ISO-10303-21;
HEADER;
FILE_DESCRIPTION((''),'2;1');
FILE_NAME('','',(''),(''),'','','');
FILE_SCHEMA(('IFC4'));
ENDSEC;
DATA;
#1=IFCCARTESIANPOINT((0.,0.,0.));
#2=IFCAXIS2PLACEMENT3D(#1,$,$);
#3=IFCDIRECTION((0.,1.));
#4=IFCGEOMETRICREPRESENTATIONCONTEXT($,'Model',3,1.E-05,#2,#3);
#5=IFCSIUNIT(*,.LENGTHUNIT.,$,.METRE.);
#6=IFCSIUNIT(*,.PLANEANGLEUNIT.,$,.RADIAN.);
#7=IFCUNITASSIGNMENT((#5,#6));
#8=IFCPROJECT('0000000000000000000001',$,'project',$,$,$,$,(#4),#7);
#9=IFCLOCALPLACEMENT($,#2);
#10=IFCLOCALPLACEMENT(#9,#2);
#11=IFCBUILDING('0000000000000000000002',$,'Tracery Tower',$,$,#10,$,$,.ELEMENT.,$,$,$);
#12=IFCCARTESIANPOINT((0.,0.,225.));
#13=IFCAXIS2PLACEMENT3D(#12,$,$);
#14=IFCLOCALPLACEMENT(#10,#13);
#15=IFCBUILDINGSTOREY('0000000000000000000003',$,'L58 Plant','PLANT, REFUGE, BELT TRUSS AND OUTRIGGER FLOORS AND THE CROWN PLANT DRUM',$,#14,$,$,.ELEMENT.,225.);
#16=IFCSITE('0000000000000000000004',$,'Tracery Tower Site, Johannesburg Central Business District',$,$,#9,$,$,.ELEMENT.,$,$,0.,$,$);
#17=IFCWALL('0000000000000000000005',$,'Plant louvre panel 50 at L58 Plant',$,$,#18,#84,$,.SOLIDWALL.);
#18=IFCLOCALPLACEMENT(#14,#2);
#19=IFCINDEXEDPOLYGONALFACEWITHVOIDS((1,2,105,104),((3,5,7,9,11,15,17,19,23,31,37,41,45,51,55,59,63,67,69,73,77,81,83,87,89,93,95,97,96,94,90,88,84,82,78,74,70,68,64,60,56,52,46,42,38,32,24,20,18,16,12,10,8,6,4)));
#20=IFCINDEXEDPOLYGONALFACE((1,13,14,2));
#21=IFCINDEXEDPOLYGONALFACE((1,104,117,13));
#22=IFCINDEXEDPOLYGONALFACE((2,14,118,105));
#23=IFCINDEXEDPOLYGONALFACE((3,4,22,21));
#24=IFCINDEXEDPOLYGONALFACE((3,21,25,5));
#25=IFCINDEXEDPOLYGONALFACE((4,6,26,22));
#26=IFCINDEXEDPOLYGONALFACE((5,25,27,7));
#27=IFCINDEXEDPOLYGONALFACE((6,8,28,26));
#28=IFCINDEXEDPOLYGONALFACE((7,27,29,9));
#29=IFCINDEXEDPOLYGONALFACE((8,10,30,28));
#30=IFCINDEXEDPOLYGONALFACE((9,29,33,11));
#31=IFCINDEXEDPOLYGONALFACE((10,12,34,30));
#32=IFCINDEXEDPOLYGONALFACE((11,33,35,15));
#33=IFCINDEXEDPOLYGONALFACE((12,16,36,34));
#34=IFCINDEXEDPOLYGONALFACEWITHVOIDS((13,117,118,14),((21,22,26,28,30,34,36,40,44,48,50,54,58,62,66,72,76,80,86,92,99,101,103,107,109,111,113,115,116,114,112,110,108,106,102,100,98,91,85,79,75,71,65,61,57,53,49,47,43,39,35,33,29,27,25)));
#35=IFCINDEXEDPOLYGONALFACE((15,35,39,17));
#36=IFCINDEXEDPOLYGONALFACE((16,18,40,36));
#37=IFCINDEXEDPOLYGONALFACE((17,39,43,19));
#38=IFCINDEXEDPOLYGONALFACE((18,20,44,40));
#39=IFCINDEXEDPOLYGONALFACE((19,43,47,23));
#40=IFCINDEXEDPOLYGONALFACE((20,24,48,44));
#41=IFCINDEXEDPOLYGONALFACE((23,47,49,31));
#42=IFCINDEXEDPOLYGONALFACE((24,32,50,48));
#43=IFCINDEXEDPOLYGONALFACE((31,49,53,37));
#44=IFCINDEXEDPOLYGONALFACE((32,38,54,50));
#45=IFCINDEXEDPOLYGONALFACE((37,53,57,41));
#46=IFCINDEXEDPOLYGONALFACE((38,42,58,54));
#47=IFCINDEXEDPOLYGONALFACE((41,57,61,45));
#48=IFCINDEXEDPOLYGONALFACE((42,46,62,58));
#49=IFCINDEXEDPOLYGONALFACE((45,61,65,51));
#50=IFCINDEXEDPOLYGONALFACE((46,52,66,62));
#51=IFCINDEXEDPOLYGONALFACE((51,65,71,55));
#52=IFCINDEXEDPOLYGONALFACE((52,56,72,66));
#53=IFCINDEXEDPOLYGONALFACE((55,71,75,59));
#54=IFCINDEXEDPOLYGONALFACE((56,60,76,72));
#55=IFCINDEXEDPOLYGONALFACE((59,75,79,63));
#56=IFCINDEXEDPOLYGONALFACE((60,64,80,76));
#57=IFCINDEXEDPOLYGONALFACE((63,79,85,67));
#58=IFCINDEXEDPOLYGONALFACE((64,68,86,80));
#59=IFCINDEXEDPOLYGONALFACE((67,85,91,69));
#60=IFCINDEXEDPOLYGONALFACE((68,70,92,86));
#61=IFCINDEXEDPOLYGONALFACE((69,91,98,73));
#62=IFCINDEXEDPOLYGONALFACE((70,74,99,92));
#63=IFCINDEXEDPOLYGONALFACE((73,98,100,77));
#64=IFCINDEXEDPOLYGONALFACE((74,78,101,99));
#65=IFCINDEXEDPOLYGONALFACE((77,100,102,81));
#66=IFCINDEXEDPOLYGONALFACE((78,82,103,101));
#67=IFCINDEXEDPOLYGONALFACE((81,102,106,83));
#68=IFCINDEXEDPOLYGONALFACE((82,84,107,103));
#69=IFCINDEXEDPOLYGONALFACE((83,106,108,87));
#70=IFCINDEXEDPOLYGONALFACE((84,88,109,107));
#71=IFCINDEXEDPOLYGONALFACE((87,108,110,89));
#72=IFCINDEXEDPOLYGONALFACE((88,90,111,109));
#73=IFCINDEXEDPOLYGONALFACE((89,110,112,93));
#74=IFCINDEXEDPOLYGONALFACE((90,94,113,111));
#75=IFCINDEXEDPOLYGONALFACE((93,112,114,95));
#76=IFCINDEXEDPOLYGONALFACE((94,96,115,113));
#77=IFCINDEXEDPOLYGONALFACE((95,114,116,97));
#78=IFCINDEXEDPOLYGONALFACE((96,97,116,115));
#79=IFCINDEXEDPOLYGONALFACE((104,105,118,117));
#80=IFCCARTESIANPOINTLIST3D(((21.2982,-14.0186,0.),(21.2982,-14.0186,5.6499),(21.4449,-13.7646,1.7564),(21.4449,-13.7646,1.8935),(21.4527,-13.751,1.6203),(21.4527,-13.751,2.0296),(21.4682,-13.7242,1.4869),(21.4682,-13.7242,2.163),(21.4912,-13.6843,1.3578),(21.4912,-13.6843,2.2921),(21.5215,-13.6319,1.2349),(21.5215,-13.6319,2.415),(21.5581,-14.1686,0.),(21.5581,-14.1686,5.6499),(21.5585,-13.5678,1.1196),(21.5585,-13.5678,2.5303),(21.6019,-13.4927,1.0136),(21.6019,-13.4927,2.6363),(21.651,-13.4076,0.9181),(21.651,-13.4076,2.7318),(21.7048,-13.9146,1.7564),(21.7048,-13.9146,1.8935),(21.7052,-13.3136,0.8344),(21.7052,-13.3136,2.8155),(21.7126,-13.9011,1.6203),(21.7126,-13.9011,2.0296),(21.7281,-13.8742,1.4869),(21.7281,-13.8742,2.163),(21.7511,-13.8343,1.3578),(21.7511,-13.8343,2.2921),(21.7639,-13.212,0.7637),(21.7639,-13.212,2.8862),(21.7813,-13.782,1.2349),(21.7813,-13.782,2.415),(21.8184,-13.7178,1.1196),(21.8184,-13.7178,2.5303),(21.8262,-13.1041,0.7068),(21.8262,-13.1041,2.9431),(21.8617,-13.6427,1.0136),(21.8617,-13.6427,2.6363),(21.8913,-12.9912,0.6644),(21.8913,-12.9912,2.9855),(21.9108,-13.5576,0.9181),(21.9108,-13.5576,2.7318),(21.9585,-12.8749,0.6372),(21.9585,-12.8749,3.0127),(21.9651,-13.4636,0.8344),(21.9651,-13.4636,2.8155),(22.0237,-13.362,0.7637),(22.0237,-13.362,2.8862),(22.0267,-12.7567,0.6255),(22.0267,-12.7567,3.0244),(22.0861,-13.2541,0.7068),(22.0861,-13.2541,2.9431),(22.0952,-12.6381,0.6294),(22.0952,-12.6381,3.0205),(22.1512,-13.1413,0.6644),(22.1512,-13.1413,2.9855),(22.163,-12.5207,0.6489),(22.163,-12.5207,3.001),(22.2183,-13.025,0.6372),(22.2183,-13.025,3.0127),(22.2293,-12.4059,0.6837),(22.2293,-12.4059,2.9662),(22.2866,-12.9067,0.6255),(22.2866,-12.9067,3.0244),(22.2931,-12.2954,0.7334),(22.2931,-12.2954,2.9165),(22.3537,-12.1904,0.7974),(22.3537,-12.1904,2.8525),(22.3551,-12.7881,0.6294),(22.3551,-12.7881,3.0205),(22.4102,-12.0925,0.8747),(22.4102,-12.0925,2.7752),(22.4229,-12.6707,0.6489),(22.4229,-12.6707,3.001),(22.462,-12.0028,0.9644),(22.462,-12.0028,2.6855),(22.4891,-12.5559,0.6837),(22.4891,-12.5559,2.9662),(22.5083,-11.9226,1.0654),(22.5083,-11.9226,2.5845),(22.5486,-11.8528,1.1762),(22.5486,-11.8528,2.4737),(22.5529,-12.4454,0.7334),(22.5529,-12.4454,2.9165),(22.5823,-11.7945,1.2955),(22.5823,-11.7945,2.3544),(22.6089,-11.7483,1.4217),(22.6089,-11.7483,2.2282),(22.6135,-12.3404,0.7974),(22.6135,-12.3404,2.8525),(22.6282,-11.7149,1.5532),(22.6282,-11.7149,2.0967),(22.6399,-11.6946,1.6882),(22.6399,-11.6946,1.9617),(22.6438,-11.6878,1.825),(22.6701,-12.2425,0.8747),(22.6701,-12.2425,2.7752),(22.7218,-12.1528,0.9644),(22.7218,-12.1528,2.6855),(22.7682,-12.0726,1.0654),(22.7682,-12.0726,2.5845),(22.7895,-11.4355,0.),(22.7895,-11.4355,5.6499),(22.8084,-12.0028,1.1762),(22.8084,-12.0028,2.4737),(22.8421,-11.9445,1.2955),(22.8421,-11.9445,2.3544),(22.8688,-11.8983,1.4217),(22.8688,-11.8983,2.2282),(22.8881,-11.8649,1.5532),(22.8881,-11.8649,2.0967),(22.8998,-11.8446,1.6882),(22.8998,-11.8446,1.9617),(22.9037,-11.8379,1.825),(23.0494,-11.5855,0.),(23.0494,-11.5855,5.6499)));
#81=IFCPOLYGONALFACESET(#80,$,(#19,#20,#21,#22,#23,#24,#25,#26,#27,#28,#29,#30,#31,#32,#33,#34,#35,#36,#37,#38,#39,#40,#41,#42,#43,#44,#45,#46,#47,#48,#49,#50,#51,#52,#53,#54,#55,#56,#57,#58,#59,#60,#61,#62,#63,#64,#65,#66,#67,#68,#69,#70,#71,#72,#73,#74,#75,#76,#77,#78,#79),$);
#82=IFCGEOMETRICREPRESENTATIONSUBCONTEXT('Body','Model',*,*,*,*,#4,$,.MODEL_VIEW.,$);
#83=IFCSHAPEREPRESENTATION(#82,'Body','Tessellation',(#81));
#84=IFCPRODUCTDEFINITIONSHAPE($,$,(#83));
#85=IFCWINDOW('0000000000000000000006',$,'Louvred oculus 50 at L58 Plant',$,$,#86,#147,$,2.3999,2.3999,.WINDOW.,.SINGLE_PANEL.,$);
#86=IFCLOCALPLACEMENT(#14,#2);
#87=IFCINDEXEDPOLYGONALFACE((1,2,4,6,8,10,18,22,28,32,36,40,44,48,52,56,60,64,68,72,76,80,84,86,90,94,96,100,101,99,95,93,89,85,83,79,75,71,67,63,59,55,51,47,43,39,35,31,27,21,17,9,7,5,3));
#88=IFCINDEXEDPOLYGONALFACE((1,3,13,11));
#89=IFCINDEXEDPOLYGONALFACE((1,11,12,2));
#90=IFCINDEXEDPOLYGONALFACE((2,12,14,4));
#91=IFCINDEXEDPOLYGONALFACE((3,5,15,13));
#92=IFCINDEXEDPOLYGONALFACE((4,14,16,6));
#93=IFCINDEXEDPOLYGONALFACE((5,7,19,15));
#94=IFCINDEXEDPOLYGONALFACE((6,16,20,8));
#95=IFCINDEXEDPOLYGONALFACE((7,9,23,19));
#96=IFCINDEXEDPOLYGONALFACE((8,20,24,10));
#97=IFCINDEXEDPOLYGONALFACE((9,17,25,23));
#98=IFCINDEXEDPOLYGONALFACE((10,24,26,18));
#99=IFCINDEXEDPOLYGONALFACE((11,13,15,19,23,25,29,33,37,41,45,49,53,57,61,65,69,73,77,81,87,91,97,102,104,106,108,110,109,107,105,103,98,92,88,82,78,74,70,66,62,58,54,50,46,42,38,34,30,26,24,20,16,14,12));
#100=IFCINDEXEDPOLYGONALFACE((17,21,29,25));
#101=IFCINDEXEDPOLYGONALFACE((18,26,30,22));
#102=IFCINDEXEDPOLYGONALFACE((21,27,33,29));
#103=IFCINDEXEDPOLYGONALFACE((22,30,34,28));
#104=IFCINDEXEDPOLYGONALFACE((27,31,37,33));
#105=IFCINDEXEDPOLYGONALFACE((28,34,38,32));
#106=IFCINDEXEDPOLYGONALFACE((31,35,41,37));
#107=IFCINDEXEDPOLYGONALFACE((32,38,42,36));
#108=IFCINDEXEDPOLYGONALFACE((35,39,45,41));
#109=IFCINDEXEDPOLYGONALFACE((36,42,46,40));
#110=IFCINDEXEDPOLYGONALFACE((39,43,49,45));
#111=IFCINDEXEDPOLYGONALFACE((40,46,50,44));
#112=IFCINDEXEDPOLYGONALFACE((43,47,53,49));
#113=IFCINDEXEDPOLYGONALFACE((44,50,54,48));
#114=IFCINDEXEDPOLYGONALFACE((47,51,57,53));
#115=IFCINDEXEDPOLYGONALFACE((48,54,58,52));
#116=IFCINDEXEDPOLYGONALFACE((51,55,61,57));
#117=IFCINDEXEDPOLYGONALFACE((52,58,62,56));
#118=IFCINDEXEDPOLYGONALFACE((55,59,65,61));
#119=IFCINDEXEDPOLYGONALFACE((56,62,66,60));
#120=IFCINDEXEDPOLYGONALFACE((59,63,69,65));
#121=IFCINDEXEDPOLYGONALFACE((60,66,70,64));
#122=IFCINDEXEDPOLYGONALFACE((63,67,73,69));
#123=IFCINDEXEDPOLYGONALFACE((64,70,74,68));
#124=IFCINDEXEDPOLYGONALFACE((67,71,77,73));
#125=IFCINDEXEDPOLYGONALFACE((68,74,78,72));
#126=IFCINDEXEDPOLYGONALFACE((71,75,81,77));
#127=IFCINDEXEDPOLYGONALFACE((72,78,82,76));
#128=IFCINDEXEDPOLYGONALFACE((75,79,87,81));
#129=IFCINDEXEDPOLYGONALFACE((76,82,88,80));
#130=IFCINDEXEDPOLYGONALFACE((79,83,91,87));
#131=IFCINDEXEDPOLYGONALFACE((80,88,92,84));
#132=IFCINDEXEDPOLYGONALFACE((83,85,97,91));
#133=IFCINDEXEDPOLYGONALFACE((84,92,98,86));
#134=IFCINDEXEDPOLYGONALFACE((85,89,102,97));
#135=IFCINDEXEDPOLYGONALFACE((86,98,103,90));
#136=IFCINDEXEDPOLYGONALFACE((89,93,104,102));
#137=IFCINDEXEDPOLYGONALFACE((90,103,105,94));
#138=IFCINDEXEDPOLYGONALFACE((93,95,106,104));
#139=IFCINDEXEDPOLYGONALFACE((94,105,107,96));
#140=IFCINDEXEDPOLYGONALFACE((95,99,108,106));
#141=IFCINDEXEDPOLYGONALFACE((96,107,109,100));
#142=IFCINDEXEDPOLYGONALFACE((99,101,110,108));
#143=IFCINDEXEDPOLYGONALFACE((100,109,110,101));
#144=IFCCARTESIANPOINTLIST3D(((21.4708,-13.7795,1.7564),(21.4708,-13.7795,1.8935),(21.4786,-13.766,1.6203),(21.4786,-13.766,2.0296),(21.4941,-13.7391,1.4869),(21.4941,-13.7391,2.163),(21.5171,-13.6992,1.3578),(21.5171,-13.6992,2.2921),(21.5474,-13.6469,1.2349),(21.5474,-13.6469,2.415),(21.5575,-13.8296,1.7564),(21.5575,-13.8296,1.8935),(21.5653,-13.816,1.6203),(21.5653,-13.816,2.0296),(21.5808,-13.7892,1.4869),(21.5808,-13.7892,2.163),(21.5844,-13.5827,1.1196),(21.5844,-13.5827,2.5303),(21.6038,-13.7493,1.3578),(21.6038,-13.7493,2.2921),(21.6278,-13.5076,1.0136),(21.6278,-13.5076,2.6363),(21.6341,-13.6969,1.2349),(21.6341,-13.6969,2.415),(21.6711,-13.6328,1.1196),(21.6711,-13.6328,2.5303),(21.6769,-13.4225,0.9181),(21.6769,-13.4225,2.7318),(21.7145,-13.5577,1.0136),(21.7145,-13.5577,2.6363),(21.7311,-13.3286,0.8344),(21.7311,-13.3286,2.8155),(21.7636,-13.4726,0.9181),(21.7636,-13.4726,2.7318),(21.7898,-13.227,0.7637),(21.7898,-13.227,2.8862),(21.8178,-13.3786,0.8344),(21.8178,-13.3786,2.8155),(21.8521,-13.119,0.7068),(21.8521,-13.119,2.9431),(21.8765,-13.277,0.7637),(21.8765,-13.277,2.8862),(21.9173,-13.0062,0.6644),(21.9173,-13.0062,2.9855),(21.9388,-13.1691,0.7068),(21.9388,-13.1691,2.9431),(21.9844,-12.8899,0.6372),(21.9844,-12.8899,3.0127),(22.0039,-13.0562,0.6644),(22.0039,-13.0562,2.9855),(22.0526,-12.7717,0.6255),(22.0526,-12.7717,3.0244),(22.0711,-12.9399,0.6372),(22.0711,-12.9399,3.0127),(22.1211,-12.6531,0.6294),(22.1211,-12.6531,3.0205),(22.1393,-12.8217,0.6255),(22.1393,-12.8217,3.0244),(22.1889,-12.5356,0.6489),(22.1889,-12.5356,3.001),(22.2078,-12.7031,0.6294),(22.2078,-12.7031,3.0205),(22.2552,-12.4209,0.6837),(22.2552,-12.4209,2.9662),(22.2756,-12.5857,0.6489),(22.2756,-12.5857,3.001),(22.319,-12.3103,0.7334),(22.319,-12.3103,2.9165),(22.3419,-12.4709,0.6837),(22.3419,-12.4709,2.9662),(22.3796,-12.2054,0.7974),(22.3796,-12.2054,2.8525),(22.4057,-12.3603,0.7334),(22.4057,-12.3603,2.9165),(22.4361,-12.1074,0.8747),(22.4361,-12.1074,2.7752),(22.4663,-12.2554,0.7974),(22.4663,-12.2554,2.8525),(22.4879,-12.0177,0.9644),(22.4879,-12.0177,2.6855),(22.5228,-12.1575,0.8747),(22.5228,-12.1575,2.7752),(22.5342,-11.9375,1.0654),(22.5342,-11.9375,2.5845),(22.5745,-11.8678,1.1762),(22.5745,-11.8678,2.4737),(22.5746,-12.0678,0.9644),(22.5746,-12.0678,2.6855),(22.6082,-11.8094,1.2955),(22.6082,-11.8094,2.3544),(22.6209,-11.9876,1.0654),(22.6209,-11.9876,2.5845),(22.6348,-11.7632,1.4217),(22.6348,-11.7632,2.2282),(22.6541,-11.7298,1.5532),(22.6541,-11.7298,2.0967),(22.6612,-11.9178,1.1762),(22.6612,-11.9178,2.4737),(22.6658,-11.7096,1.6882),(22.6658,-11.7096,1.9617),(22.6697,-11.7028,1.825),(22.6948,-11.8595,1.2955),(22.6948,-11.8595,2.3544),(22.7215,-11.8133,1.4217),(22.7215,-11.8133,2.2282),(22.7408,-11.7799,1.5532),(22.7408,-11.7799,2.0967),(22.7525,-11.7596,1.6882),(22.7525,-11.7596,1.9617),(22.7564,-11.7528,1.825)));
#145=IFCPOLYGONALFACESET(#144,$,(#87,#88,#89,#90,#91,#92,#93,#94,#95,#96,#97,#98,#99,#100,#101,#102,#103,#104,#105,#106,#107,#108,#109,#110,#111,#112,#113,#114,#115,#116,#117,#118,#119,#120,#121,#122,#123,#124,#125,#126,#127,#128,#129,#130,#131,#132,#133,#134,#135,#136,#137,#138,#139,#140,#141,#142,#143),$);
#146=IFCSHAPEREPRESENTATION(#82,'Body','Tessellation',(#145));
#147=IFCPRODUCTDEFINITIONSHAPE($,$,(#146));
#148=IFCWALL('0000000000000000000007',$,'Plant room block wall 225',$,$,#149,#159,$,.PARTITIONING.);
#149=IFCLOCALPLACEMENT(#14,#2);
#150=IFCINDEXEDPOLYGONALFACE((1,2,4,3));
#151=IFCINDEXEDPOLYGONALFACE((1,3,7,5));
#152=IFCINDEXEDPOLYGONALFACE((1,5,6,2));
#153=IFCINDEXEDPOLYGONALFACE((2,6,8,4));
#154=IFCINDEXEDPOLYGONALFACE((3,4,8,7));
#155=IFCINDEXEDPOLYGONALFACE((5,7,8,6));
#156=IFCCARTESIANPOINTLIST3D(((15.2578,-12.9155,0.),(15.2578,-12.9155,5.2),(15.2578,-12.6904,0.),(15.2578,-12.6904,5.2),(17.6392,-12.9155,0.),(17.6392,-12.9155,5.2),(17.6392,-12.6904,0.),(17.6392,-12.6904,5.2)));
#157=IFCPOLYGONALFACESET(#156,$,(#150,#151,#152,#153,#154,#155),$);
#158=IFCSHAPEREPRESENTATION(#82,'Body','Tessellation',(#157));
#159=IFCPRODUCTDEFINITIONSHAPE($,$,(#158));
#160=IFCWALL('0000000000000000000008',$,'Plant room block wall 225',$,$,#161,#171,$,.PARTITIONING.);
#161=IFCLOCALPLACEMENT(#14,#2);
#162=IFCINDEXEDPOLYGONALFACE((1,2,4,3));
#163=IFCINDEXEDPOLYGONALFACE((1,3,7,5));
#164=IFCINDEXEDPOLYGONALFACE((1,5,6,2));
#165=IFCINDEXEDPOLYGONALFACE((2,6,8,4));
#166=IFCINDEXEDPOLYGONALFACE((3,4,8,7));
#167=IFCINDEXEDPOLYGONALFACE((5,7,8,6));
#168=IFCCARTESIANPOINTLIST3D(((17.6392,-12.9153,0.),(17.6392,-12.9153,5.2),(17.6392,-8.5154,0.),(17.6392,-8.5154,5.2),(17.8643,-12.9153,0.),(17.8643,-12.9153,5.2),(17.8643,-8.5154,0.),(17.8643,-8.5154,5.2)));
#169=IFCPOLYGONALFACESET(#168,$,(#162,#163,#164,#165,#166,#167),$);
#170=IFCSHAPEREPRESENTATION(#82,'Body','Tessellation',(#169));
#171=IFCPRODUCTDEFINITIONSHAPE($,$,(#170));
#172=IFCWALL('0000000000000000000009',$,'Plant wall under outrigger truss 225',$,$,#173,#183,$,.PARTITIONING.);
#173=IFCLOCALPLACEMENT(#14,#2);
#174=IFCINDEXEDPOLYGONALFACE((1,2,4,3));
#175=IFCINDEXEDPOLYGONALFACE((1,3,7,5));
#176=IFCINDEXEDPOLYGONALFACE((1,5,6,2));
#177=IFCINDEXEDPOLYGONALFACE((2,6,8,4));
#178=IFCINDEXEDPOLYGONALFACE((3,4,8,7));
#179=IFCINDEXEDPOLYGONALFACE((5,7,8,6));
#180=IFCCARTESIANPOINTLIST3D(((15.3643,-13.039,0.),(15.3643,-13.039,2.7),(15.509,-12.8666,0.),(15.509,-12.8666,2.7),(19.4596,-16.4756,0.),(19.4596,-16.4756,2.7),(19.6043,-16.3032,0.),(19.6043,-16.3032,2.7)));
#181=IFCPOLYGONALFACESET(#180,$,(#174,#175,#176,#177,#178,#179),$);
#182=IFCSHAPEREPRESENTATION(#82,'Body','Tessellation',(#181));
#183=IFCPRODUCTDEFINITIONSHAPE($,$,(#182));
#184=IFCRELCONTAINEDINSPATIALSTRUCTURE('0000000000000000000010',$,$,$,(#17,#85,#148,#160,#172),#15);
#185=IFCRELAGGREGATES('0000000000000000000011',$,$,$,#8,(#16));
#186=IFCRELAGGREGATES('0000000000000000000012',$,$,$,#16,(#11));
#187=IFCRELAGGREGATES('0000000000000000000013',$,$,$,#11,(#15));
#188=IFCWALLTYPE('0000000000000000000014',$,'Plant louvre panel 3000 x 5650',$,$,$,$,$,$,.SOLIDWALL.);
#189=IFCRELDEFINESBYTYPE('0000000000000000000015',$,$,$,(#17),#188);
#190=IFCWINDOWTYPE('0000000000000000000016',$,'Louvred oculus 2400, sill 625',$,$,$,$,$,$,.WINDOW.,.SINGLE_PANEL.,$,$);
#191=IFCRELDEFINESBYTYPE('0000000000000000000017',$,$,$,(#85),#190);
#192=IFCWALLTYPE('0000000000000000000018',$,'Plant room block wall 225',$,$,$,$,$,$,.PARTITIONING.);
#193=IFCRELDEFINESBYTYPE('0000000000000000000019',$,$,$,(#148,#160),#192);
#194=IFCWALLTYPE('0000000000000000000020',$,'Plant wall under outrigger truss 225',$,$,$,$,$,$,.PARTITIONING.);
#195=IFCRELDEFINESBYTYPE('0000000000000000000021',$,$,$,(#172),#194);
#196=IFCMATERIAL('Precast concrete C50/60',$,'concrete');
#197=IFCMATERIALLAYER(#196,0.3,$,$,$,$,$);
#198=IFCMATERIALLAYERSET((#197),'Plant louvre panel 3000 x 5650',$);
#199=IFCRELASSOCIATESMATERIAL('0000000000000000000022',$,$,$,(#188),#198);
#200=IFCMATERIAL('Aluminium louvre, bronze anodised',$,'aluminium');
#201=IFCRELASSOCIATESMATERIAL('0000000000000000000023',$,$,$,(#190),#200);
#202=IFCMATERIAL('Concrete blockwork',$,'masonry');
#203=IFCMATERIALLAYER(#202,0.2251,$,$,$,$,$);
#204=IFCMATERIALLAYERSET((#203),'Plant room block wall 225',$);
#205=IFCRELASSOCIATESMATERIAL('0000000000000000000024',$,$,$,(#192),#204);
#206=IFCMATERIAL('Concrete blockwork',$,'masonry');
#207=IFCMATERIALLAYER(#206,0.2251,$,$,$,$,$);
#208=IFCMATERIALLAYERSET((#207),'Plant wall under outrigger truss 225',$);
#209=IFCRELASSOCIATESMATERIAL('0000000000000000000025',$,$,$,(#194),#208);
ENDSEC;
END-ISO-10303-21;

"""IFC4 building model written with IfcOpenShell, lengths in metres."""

from ifc_helpers import new_model, si_unit, direction, frame, frame_2d, origin, origin_2d, place, context, subcontext, project, spatial, rectangle, circle, extrude, material, layer, layer_set, type_object, element, fill, save


model = new_model("IFC4")

# Units and contexts
model_context = context("Model", 3, precision=1e-05, world=origin(), true_north=direction((0.0, 1.0)))
body_context = subcontext(model_context, "Body", "Model", "MODEL_VIEW")
ifc_project = project(units=[si_unit("LENGTHUNIT", "METRE"), si_unit("PLANEANGLEUNIT", "RADIAN")], contexts=[model_context])

# Site, building, storey
site_placement = place(None, origin())
site = spatial("IfcSite", under=ifc_project, at=site_placement, Name="Tracery Tower Site, Johannesburg Central Business District", CompositionType="ELEMENT", RefElevation=0.0)
building_placement = place(site_placement, origin())
building = spatial("IfcBuilding", under=site, at=building_placement, Name="Tracery Tower", CompositionType="ELEMENT")
storey_placement = place(building_placement, frame((0.0, 0.0, 225.0)))
storey = spatial("IfcBuildingStorey", under=building, at=storey_placement, Name="L58 Plant", Description="PLANT, REFUGE, BELT TRUSS AND OUTRIGGER FLOORS AND THE CROWN PLANT DRUM", CompositionType="ELEMENT", Elevation=225.0)

# Wall, opening, window
ifc_material_1 = material(Name="Precast concrete C50/60", Category="concrete")
ifc_layer_1 = layer(ifc_material_1, 0.3)
ifc_layer_set_1 = layer_set([ifc_layer_1], Name="Plant louvre panel 3000 x 5650")
wall_type_1 = type_object("IfcWallType", Name="Plant louvre panel 3000 x 5650", PredefinedType="SOLIDWALL", material=ifc_layer_set_1)
ifc_material_2 = material(Name="Aluminium louvre, bronze anodised", Category="aluminium")
window_type = type_object("IfcWindowType", Name="Louvred oculus 2400, sill 625", PartitioningType="SINGLE_PANEL", PredefinedType="WINDOW", material=ifc_material_2)
wall_1_placement = place(storey_placement, frame((21.4282, -14.0935, 0.0), z_axis=(0.0, 0.0, 1.0), x_axis=(0.499978, 0.866038, 0.0)))
wall_1 = element("IfcWall", 1, at=wall_1_placement, inside=storey, type_object=wall_type_1, Name="Plant louvre panel 50 at L58 Plant", PredefinedType="SOLIDWALL", context=body_context, shape_type="SweptSolid", body=[
    extrude(rectangle(XDim=2.9827, YDim=0.3, at=frame_2d((1.4912, 0.0))), origin(), (0.0, 0.0, 1.0), 5.6499),
])
opening_1_placement = place(wall_1_placement, frame((1.4912, 0.0, 1.825)))
opening_1 = element("IfcOpeningElement", 2, at=opening_1_placement, cuts=wall_1, PredefinedType="OPENING", context=body_context, shape_type="SweptSolid", body=[
    extrude(circle(Radius=1.2, at=origin_2d()), frame((0.0, 0.1599, 0.0), z_axis=(0.0, -1.0, 0.0), x_axis=(1.0, 0.0, 0.0)), (0.0, 0.0, 1.0), 0.3201),
])
window_1_placement = place(opening_1_placement, origin())
window_1 = element("IfcWindow", 3, at=window_1_placement, inside=storey, type_object=window_type, Name="Louvred oculus 50 at L58 Plant", OverallHeight=2.3999, OverallWidth=2.3999, PartitioningType="SINGLE_PANEL", PredefinedType="WINDOW", context=body_context, shape_type="SweptSolid", body=[
    extrude(circle(Radius=1.2, at=origin_2d()), frame((0.0, 0.1201, 0.0), z_axis=(0.0, -1.0, 0.0), x_axis=(1.0, 0.0, 0.0)), (0.0, 0.0, 1.0), 0.1001),
])
fill(opening_1, window_1)

# Walls
ifc_material_3 = material(Name="Concrete blockwork", Category="masonry")
ifc_layer_2 = layer(ifc_material_3, 0.2251)
ifc_layer_set_2 = layer_set([ifc_layer_2], Name="Plant room block wall 225")
wall_type_2 = type_object("IfcWallType", Name="Plant room block wall 225", PredefinedType="PARTITIONING", material=ifc_layer_set_2)
wall_2_placement = place(storey_placement, frame((15.2578, -12.803, 0.0), z_axis=(0.0, 0.0, 1.0), x_axis=(1.0, 0.0, 0.0)))
element("IfcWall", 4, at=wall_2_placement, inside=storey, type_object=wall_type_2, Name="Plant room block wall 225", PredefinedType="PARTITIONING", context=body_context, shape_type="SweptSolid", body=[
    extrude(rectangle(XDim=2.3813, YDim=0.2251, at=frame_2d((1.1907, 0.0))), origin(), (0.0, 0.0, 1.0), 5.2),
])
wall_3_placement = place(storey_placement, frame((17.7517, -12.9153, 0.0), z_axis=(0.0, 0.0, 1.0), x_axis=(0.0, 1.0, 0.0)))
element("IfcWall", 5, at=wall_3_placement, inside=storey, type_object=wall_type_2, Name="Plant room block wall 225", PredefinedType="PARTITIONING", context=body_context, shape_type="SweptSolid", body=[
    extrude(rectangle(XDim=4.3999, YDim=0.2251, at=frame_2d((2.2, 0.0))), origin(), (0.0, 0.0, 1.0), 5.2),
])
ifc_material_4 = material(Name="Concrete blockwork", Category="masonry")
ifc_layer_3 = layer(ifc_material_4, 0.2251)
ifc_layer_set_3 = layer_set([ifc_layer_3], Name="Plant wall under outrigger truss 225")
wall_type_3 = type_object("IfcWallType", Name="Plant wall under outrigger truss 225", PredefinedType="PARTITIONING", material=ifc_layer_set_3)
wall_4_placement = place(storey_placement, frame((19.532, -16.3894, 0.0), z_axis=(0.0, 0.0, 1.0), x_axis=(-0.766023, 0.642813, 0.0)))
element("IfcWall", 6, at=wall_4_placement, inside=storey, type_object=wall_type_3, Name="Plant wall under outrigger truss 225", PredefinedType="PARTITIONING", context=body_context, shape_type="SweptSolid", body=[
    extrude(rectangle(XDim=5.3462, YDim=0.2251, at=frame_2d((2.6731, 0.0))), origin(), (0.0, 0.0, 1.0), 2.7),
])

save(model, "model.ifc")
